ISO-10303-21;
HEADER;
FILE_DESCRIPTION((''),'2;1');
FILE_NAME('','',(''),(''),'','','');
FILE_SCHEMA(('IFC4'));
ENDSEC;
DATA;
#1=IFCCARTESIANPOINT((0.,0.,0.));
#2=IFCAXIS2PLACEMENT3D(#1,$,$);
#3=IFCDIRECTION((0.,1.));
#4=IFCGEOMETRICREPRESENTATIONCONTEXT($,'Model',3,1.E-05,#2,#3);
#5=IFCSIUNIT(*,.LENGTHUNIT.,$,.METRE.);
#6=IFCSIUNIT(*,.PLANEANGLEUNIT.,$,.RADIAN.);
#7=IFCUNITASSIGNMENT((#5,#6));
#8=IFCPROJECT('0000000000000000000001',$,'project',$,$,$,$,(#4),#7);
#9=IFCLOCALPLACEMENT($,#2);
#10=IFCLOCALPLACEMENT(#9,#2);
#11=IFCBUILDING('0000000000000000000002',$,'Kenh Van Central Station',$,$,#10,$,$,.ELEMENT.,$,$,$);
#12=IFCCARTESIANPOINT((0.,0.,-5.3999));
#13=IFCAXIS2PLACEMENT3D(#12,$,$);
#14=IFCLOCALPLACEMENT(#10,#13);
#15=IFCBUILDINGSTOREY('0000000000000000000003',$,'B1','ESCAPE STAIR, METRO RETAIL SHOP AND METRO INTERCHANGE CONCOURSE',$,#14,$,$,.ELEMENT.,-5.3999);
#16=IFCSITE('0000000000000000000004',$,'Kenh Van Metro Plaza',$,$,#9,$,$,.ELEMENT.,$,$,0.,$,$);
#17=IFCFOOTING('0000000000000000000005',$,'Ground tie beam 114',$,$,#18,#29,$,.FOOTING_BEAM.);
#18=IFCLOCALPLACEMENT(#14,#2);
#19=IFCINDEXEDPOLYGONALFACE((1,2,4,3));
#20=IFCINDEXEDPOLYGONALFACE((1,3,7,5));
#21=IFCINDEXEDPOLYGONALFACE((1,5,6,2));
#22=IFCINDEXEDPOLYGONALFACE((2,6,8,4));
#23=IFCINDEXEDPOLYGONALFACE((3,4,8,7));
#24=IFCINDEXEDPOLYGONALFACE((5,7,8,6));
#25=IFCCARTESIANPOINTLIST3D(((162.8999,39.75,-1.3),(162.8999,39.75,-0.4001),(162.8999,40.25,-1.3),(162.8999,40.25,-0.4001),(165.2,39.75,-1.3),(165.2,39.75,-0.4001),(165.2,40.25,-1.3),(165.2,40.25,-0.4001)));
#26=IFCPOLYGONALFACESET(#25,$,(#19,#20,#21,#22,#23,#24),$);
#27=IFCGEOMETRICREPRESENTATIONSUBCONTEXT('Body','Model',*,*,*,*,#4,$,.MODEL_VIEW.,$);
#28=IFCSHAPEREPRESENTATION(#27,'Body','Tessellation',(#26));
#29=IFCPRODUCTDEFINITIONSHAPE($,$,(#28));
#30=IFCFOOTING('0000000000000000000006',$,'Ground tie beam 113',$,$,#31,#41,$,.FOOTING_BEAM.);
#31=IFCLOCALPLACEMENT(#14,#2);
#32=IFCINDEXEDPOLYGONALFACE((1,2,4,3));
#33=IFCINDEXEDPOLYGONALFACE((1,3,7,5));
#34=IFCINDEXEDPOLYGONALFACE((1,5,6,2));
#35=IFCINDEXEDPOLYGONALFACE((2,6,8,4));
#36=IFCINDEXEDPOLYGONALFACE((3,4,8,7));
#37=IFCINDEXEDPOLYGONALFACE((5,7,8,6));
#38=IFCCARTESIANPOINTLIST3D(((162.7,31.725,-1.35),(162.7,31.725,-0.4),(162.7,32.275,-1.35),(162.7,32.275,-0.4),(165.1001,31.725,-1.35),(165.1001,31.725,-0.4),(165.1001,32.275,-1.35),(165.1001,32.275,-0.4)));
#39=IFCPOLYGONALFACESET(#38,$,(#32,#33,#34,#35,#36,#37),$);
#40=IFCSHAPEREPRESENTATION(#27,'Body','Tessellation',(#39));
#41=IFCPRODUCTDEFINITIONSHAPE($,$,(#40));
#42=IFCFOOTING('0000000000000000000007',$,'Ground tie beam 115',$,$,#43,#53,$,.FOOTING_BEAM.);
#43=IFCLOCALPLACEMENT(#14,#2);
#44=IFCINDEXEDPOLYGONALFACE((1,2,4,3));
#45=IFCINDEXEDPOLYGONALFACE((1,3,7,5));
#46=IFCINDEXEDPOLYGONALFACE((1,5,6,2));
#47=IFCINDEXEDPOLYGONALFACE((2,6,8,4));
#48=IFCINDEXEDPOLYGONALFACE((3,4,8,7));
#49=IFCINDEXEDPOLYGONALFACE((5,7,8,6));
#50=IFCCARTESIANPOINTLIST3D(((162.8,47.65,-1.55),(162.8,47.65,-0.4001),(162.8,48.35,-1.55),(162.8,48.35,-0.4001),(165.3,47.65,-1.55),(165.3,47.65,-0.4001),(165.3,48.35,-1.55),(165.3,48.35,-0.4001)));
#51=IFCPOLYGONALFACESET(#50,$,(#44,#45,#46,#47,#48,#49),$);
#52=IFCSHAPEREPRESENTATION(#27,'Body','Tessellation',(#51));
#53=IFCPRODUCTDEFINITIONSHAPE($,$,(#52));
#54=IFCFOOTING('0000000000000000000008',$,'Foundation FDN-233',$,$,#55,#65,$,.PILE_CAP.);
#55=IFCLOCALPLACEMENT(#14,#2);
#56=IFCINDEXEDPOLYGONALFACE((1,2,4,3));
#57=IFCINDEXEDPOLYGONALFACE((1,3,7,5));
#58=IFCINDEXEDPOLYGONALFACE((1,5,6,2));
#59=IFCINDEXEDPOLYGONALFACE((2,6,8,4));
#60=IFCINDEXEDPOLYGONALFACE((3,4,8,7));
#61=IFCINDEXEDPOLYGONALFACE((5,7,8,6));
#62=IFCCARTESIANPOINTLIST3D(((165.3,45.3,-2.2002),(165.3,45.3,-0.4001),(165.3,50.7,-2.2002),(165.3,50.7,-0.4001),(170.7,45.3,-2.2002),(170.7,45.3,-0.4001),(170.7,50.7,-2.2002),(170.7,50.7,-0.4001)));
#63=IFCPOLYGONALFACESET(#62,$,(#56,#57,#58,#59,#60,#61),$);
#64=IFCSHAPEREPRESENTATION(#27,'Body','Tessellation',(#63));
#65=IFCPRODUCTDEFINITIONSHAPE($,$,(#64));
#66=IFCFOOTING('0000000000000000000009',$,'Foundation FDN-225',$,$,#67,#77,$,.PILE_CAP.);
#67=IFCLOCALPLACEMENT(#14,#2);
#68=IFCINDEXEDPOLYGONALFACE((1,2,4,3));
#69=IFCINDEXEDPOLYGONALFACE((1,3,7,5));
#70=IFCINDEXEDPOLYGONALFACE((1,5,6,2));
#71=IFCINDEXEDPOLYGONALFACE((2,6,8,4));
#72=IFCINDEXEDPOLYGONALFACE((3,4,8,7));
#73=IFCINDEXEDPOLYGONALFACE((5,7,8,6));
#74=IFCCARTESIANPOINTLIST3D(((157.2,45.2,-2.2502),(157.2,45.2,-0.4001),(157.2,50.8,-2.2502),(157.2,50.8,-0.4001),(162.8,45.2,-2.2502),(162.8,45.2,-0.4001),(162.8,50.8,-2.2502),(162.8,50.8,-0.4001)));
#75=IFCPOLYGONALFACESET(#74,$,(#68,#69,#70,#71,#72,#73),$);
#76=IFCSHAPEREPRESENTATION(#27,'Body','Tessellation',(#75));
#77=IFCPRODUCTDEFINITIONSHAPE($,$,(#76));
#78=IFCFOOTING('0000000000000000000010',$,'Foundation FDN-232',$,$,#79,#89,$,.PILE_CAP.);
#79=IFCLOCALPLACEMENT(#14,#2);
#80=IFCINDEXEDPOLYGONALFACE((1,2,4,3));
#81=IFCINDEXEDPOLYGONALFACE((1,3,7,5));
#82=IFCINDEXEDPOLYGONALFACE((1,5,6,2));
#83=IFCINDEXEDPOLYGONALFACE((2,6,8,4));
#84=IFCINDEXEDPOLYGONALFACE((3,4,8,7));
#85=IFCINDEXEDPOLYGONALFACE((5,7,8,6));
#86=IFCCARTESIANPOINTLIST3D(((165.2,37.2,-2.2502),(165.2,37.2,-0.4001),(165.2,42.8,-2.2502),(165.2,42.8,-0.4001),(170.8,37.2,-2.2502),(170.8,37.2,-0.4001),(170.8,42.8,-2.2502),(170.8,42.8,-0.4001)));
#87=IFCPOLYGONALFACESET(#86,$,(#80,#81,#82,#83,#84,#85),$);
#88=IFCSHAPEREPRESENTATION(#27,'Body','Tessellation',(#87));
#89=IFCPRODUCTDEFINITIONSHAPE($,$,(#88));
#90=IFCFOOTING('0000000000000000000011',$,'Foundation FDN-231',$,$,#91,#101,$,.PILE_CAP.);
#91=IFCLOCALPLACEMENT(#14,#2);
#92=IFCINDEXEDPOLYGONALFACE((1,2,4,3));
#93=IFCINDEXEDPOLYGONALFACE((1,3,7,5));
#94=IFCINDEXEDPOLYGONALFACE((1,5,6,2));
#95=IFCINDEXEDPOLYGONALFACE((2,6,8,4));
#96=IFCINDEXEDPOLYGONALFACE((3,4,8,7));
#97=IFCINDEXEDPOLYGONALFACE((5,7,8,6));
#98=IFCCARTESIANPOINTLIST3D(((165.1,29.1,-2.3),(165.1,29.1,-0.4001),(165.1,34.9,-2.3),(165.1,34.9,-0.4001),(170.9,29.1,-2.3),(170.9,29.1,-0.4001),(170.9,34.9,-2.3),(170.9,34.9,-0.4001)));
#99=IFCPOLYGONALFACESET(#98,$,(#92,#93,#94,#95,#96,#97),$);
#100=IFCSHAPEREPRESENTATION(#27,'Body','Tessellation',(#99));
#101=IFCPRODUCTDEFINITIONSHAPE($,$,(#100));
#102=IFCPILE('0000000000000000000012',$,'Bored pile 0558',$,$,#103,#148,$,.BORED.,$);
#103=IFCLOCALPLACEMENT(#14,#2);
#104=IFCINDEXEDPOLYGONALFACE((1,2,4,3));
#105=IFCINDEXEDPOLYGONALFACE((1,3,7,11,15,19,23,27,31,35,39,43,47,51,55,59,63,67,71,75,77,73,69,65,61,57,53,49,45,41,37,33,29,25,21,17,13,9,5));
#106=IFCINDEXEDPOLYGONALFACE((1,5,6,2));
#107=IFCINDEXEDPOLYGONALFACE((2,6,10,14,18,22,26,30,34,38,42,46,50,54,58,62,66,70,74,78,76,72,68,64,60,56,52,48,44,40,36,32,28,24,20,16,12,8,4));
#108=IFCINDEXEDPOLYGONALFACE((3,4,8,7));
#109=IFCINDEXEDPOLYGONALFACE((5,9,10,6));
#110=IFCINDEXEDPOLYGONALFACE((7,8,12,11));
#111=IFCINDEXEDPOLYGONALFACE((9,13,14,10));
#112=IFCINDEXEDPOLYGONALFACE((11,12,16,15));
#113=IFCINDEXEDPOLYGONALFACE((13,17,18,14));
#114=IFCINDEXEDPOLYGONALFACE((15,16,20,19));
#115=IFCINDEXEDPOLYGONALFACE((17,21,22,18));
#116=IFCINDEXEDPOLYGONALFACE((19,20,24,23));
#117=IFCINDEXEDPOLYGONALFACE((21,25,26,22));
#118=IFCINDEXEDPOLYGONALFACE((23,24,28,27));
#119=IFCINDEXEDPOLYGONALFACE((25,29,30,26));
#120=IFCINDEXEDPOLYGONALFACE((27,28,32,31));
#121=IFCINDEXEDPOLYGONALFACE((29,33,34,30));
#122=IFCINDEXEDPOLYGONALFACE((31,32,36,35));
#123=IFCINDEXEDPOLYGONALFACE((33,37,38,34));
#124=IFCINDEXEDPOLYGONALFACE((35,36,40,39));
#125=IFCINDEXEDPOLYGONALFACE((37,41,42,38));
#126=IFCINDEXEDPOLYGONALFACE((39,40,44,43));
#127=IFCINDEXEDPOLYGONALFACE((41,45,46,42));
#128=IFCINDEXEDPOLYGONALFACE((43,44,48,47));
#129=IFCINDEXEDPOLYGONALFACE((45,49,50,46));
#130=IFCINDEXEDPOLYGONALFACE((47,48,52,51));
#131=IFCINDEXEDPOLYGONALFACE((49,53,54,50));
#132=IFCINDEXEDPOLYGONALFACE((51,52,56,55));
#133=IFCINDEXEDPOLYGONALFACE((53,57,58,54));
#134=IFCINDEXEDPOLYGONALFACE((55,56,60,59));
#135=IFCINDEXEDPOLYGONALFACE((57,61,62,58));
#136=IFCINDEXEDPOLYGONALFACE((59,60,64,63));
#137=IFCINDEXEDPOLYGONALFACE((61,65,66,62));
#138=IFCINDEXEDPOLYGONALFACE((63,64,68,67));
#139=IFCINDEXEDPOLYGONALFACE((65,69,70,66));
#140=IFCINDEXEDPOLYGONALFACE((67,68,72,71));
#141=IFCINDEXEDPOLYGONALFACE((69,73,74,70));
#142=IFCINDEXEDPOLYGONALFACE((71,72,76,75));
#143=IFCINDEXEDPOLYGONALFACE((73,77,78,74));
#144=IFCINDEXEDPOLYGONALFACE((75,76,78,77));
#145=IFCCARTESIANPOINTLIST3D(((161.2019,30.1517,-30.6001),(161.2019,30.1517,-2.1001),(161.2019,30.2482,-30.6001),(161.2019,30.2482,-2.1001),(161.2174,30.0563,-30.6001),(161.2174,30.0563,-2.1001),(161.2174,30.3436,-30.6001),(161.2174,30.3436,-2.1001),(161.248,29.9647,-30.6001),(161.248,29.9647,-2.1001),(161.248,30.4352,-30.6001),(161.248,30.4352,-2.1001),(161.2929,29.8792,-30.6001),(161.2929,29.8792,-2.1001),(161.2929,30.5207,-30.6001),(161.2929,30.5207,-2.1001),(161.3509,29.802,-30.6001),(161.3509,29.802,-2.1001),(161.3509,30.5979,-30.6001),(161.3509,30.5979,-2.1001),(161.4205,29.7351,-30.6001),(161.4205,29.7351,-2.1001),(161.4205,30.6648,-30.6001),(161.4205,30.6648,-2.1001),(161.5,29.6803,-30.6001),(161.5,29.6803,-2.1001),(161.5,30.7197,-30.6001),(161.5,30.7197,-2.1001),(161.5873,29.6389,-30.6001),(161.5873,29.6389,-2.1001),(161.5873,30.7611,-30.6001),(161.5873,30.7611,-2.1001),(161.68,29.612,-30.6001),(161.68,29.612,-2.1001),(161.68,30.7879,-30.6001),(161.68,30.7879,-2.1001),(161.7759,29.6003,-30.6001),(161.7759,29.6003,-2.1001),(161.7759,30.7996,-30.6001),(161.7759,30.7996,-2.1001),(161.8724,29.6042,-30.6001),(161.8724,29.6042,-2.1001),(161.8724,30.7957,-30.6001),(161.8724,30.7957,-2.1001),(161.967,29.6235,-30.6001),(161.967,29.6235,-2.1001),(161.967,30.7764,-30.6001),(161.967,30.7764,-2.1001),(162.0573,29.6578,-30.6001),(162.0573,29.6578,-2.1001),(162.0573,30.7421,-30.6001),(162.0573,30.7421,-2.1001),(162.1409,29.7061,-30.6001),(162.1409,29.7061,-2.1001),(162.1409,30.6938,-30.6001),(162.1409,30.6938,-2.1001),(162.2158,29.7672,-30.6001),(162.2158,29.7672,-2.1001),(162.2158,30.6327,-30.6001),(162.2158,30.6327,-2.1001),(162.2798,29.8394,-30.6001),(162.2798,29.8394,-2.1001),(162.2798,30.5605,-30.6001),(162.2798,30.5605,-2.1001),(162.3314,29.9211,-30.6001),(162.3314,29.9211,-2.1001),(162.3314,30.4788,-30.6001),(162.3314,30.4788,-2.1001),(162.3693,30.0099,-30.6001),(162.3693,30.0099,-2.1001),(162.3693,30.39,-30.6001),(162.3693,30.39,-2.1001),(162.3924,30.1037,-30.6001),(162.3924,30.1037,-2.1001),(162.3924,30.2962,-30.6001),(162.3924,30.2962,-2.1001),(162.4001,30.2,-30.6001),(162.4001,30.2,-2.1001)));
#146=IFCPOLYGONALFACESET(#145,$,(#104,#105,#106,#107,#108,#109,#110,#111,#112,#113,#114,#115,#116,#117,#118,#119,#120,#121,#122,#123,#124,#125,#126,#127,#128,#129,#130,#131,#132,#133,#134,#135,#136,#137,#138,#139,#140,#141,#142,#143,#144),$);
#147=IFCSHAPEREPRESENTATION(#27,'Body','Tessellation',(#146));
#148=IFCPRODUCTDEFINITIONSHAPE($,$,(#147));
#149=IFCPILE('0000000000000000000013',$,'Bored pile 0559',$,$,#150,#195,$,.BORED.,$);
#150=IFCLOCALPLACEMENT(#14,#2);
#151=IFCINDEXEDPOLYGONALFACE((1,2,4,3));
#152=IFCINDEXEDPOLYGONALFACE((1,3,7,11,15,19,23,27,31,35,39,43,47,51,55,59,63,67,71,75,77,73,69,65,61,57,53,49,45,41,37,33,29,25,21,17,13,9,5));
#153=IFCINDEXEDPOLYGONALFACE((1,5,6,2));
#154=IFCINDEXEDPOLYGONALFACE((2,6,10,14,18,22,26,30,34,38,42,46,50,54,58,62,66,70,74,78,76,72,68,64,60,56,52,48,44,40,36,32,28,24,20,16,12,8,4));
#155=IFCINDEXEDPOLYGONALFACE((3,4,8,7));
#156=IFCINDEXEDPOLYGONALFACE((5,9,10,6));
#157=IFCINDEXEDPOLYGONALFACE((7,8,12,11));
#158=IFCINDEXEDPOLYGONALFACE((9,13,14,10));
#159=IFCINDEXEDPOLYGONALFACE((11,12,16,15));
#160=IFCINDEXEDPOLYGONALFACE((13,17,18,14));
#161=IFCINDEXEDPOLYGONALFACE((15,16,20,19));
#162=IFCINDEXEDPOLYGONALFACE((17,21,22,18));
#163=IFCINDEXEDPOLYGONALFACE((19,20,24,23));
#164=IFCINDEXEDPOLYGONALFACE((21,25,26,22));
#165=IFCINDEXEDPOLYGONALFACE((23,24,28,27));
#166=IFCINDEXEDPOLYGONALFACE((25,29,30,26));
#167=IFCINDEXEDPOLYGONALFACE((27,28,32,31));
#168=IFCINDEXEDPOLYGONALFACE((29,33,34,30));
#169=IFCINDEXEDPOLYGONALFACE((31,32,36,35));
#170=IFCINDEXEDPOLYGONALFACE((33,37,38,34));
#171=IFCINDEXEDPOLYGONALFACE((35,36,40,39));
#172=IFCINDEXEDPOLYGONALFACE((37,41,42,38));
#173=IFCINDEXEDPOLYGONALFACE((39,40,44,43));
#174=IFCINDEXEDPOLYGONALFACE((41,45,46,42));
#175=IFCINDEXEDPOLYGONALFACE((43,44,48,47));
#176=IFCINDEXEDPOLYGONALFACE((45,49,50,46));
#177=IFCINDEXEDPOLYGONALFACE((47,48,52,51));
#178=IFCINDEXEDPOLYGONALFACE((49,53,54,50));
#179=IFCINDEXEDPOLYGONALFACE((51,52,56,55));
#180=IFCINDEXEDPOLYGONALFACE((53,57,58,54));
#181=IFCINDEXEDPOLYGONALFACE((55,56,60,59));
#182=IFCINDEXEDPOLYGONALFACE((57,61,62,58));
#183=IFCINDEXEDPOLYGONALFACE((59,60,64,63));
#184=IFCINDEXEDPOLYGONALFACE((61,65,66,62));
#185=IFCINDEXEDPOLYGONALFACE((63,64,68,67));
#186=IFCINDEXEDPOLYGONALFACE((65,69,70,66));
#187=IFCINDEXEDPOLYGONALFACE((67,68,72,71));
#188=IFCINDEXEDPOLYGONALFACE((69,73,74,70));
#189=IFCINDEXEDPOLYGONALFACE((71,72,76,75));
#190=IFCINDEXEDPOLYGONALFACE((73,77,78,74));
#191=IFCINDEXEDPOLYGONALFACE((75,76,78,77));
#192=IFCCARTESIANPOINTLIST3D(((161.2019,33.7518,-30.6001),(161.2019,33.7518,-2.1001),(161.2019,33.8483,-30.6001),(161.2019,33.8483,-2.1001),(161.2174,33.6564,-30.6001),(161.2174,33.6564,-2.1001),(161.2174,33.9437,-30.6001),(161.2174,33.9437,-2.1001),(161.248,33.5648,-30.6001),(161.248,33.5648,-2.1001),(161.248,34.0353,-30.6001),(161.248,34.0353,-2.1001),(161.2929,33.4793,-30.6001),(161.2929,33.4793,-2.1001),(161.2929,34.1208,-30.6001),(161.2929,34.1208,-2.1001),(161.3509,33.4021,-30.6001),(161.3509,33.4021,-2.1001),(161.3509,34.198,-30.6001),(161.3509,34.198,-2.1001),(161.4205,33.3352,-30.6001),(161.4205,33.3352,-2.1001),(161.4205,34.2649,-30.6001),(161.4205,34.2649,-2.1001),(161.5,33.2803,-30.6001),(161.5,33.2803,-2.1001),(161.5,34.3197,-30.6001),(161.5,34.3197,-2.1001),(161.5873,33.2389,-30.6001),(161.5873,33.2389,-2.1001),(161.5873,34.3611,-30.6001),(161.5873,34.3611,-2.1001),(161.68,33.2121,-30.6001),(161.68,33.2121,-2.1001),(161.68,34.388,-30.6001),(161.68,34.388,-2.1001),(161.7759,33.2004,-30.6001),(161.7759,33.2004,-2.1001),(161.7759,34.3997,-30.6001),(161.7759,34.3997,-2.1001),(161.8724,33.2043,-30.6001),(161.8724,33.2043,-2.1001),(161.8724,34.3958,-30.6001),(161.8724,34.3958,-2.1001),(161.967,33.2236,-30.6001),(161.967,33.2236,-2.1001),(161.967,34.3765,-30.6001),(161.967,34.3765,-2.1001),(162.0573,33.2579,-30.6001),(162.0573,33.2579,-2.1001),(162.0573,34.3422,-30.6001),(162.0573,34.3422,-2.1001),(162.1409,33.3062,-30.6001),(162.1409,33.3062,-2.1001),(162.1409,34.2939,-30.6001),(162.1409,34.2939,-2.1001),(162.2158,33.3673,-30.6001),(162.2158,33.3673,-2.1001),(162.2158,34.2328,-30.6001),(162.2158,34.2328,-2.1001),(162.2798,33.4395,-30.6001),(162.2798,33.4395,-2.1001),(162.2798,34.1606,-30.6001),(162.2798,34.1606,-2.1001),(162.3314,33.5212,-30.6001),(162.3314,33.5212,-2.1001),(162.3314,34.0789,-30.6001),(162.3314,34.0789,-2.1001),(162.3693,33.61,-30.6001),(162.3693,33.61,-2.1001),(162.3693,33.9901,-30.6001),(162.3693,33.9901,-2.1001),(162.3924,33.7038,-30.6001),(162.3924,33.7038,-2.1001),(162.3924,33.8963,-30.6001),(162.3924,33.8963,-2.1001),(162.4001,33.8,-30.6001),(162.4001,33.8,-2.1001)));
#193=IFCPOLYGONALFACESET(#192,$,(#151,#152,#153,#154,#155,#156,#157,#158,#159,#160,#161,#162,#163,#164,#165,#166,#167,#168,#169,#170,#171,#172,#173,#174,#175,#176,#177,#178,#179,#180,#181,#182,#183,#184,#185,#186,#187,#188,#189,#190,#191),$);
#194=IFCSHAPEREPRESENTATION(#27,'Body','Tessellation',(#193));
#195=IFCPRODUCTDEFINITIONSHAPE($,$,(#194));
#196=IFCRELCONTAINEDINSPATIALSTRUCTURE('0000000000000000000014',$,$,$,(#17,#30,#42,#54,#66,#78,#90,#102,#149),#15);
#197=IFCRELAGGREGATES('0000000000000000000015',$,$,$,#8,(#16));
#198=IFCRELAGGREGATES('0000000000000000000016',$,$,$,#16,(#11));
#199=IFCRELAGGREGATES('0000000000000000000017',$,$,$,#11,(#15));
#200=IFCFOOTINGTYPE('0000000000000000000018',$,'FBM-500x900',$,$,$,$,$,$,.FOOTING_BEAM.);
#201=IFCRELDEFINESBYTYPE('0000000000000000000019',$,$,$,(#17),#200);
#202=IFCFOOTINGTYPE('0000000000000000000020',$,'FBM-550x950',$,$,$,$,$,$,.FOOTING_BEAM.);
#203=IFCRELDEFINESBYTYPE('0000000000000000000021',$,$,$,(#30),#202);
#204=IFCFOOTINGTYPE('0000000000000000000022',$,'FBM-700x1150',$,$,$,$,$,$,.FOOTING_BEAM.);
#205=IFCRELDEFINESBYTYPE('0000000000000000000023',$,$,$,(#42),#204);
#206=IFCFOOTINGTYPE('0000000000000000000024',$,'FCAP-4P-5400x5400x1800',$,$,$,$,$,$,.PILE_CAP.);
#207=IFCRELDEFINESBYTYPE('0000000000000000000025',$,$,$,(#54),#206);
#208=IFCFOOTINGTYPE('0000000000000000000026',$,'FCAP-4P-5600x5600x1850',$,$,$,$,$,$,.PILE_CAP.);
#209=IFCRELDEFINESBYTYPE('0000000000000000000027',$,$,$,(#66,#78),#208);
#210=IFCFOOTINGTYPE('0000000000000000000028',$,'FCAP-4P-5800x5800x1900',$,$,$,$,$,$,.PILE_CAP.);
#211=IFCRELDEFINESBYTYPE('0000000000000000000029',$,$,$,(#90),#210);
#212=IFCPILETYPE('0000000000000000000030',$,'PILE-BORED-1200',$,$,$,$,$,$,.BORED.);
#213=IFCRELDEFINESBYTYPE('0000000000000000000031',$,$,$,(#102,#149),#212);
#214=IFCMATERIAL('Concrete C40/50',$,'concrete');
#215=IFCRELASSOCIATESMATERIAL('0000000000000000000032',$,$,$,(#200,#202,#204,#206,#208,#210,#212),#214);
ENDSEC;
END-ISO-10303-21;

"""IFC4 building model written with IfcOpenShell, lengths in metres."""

from ifc_helpers import new_model, si_unit, direction, frame, origin, origin_2d, place, context, subcontext, project, spatial, rectangle, circle, extrude, material, material_profile, profile_set, type_object, element, save


model = new_model("IFC4")

# Units and contexts
model_context = context("Model", 3, precision=1e-05, world=origin(), true_north=direction((0.0, 1.0)))
body_context = subcontext(model_context, "Body", "Model", "MODEL_VIEW")
ifc_project = project(units=[si_unit("LENGTHUNIT", "METRE"), si_unit("PLANEANGLEUNIT", "RADIAN")], contexts=[model_context])

# Site, building, storey
site_placement = place(None, origin())
site = spatial("IfcSite", under=ifc_project, at=site_placement, Name="Kenh Van Metro Plaza", CompositionType="ELEMENT", RefElevation=0.0)
building_placement = place(site_placement, origin())
building = spatial("IfcBuilding", under=site, at=building_placement, Name="Kenh Van Central Station", CompositionType="ELEMENT")
storey_placement = place(building_placement, frame((0.0, 0.0, -5.3999)))
storey = spatial("IfcBuildingStorey", under=building, at=storey_placement, Name="B1", Description="ESCAPE STAIR, METRO RETAIL SHOP AND METRO INTERCHANGE CONCOURSE", CompositionType="ELEMENT", Elevation=-5.3999)

# Footings
ifc_material_1 = material(Name="Concrete C40/50", Category="concrete")
ifc_material_profile_1 = material_profile(ifc_material_1, rectangle(XDim=0.5, YDim=0.8999, at=origin_2d()), Name="RC 500x900")
ifc_profile_set_1 = profile_set([ifc_material_profile_1], Name="Concrete C40/50")
footing_type_1 = type_object("IfcFootingType", Name="FBM-500x900", PredefinedType="FOOTING_BEAM", material=ifc_profile_set_1)
footing_1_placement = place(storey_placement, frame((162.8999, 40.0, -0.8501), z_axis=(1.0, 0.0, 0.0), x_axis=(0.0, 1.0, 0.0)))
element("IfcFooting", 1, at=footing_1_placement, inside=storey, type_object=footing_type_1, Name="Ground tie beam 114", PredefinedType="FOOTING_BEAM", context=body_context, shape_type="SweptSolid", body=[
    extrude(rectangle(XDim=0.5, YDim=0.8999, at=origin_2d()), origin(), (0.0, 0.0, 1.0), 2.3),
])
ifc_material_profile_2 = material_profile(ifc_material_1, rectangle(XDim=0.55, YDim=0.95, at=origin_2d()), Name="RC 550x950")
ifc_profile_set_2 = profile_set([ifc_material_profile_2], Name="Concrete C40/50")
footing_type_2 = type_object("IfcFootingType", Name="FBM-550x950", PredefinedType="FOOTING_BEAM", material=ifc_profile_set_2)
footing_2_placement = place(storey_placement, frame((162.7, 32.0, -0.875), z_axis=(1.0, 0.0, 0.0), x_axis=(0.0, 1.0, 0.0)))
element("IfcFooting", 2, at=footing_2_placement, inside=storey, type_object=footing_type_2, Name="Ground tie beam 113", PredefinedType="FOOTING_BEAM", context=body_context, shape_type="SweptSolid", body=[
    extrude(rectangle(XDim=0.55, YDim=0.95, at=origin_2d()), origin(), (0.0, 0.0, 1.0), 2.4001),
])
ifc_material_profile_3 = material_profile(ifc_material_1, rectangle(XDim=0.7, YDim=1.1499, at=origin_2d()), Name="RC 700x1150")
ifc_profile_set_3 = profile_set([ifc_material_profile_3], Name="Concrete C40/50")
footing_type_3 = type_object("IfcFootingType", Name="FBM-700x1150", PredefinedType="FOOTING_BEAM", material=ifc_profile_set_3)
footing_3_placement = place(storey_placement, frame((162.8, 48.0, -0.9751), z_axis=(1.0, 0.0, 0.0), x_axis=(0.0, 1.0, 0.0)))
element("IfcFooting", 3, at=footing_3_placement, inside=storey, type_object=footing_type_3, Name="Ground tie beam 115", PredefinedType="FOOTING_BEAM", context=body_context, shape_type="SweptSolid", body=[
    extrude(rectangle(XDim=0.7, YDim=1.1499, at=origin_2d()), origin(), (0.0, 0.0, 1.0), 2.5),
])
footing_type_4 = type_object("IfcFootingType", Name="FCAP-4P-5400x5400x1800", PredefinedType="PILE_CAP", material=ifc_material_1)
footing_4_placement = place(storey_placement, frame((168.0, 48.0, -2.2002), z_axis=(0.0, 0.0, 1.0), x_axis=(1.0, 0.0, 0.0)))
element("IfcFooting", 4, at=footing_4_placement, inside=storey, type_object=footing_type_4, Name="Foundation FDN-233", PredefinedType="PILE_CAP", context=body_context, shape_type="SweptSolid", body=[
    extrude(rectangle(XDim=5.3999, YDim=5.3999, at=origin_2d()), origin(), (0.0, 0.0, 1.0), 1.8),
])
footing_type_5 = type_object("IfcFootingType", Name="FCAP-4P-5600x5600x1850", PredefinedType="PILE_CAP", material=ifc_material_1)
for number, where, z_axis, x_axis, name in (
    (5, (160.0, 48.0, -2.2502), (0.0, 0.0, 1.0), (1.0, 0.0, 0.0), "Foundation FDN-225"),
    (6, (168.0, 40.0, -2.2502), (0.0, 0.0, 1.0), (1.0, 0.0, 0.0), "Foundation FDN-232"),
):
    element("IfcFooting", number, at=place(storey_placement, frame(where, z_axis=z_axis, x_axis=x_axis)), inside=storey, type_object=footing_type_5, Name=name, PredefinedType="PILE_CAP", context=body_context, shape_type="SweptSolid", body=[
        extrude(rectangle(XDim=5.6001, YDim=5.6001, at=origin_2d()), origin(), (0.0, 0.0, 1.0), 1.8501),
    ])
footing_type_6 = type_object("IfcFootingType", Name="FCAP-4P-5800x5800x1900", PredefinedType="PILE_CAP", material=ifc_material_1)
footing_5_placement = place(storey_placement, frame((168.0, 32.0, -2.3), z_axis=(0.0, 0.0, 1.0), x_axis=(1.0, 0.0, 0.0)))
element("IfcFooting", 7, at=footing_5_placement, inside=storey, type_object=footing_type_6, Name="Foundation FDN-231", PredefinedType="PILE_CAP", context=body_context, shape_type="SweptSolid", body=[
    extrude(rectangle(XDim=5.8, YDim=5.8, at=origin_2d()), origin(), (0.0, 0.0, 1.0), 1.8999),
])

# Piles
ifc_material_profile_4 = material_profile(ifc_material_1, circle(Radius=0.6001, at=origin_2d()), Name="PILE D1200")
ifc_profile_set_4 = profile_set([ifc_material_profile_4], Name="Concrete C40/50")
pile_type = type_object("IfcPileType", Name="PILE-BORED-1200", PredefinedType="BORED", material=ifc_profile_set_4)
for number, where, z_axis, x_axis, name in (
    (8, (161.8, 30.2, -2.1001), (0.0, 0.0, -1.0), (1.0, 0.0, 0.0), "Bored pile 0558"),
    (9, (161.8, 33.8, -2.1001), (0.0, 0.0, -1.0), (1.0, 0.0, 0.0), "Bored pile 0559"),
):
    element("IfcPile", number, at=place(storey_placement, frame(where, z_axis=z_axis, x_axis=x_axis)), inside=storey, type_object=pile_type, Name=name, PredefinedType="BORED", context=body_context, shape_type="SweptSolid", body=[
        extrude(circle(Radius=0.6001, at=origin_2d()), origin(), (0.0, 0.0, 1.0), 28.5),
    ])

save(model, "model.ifc")
